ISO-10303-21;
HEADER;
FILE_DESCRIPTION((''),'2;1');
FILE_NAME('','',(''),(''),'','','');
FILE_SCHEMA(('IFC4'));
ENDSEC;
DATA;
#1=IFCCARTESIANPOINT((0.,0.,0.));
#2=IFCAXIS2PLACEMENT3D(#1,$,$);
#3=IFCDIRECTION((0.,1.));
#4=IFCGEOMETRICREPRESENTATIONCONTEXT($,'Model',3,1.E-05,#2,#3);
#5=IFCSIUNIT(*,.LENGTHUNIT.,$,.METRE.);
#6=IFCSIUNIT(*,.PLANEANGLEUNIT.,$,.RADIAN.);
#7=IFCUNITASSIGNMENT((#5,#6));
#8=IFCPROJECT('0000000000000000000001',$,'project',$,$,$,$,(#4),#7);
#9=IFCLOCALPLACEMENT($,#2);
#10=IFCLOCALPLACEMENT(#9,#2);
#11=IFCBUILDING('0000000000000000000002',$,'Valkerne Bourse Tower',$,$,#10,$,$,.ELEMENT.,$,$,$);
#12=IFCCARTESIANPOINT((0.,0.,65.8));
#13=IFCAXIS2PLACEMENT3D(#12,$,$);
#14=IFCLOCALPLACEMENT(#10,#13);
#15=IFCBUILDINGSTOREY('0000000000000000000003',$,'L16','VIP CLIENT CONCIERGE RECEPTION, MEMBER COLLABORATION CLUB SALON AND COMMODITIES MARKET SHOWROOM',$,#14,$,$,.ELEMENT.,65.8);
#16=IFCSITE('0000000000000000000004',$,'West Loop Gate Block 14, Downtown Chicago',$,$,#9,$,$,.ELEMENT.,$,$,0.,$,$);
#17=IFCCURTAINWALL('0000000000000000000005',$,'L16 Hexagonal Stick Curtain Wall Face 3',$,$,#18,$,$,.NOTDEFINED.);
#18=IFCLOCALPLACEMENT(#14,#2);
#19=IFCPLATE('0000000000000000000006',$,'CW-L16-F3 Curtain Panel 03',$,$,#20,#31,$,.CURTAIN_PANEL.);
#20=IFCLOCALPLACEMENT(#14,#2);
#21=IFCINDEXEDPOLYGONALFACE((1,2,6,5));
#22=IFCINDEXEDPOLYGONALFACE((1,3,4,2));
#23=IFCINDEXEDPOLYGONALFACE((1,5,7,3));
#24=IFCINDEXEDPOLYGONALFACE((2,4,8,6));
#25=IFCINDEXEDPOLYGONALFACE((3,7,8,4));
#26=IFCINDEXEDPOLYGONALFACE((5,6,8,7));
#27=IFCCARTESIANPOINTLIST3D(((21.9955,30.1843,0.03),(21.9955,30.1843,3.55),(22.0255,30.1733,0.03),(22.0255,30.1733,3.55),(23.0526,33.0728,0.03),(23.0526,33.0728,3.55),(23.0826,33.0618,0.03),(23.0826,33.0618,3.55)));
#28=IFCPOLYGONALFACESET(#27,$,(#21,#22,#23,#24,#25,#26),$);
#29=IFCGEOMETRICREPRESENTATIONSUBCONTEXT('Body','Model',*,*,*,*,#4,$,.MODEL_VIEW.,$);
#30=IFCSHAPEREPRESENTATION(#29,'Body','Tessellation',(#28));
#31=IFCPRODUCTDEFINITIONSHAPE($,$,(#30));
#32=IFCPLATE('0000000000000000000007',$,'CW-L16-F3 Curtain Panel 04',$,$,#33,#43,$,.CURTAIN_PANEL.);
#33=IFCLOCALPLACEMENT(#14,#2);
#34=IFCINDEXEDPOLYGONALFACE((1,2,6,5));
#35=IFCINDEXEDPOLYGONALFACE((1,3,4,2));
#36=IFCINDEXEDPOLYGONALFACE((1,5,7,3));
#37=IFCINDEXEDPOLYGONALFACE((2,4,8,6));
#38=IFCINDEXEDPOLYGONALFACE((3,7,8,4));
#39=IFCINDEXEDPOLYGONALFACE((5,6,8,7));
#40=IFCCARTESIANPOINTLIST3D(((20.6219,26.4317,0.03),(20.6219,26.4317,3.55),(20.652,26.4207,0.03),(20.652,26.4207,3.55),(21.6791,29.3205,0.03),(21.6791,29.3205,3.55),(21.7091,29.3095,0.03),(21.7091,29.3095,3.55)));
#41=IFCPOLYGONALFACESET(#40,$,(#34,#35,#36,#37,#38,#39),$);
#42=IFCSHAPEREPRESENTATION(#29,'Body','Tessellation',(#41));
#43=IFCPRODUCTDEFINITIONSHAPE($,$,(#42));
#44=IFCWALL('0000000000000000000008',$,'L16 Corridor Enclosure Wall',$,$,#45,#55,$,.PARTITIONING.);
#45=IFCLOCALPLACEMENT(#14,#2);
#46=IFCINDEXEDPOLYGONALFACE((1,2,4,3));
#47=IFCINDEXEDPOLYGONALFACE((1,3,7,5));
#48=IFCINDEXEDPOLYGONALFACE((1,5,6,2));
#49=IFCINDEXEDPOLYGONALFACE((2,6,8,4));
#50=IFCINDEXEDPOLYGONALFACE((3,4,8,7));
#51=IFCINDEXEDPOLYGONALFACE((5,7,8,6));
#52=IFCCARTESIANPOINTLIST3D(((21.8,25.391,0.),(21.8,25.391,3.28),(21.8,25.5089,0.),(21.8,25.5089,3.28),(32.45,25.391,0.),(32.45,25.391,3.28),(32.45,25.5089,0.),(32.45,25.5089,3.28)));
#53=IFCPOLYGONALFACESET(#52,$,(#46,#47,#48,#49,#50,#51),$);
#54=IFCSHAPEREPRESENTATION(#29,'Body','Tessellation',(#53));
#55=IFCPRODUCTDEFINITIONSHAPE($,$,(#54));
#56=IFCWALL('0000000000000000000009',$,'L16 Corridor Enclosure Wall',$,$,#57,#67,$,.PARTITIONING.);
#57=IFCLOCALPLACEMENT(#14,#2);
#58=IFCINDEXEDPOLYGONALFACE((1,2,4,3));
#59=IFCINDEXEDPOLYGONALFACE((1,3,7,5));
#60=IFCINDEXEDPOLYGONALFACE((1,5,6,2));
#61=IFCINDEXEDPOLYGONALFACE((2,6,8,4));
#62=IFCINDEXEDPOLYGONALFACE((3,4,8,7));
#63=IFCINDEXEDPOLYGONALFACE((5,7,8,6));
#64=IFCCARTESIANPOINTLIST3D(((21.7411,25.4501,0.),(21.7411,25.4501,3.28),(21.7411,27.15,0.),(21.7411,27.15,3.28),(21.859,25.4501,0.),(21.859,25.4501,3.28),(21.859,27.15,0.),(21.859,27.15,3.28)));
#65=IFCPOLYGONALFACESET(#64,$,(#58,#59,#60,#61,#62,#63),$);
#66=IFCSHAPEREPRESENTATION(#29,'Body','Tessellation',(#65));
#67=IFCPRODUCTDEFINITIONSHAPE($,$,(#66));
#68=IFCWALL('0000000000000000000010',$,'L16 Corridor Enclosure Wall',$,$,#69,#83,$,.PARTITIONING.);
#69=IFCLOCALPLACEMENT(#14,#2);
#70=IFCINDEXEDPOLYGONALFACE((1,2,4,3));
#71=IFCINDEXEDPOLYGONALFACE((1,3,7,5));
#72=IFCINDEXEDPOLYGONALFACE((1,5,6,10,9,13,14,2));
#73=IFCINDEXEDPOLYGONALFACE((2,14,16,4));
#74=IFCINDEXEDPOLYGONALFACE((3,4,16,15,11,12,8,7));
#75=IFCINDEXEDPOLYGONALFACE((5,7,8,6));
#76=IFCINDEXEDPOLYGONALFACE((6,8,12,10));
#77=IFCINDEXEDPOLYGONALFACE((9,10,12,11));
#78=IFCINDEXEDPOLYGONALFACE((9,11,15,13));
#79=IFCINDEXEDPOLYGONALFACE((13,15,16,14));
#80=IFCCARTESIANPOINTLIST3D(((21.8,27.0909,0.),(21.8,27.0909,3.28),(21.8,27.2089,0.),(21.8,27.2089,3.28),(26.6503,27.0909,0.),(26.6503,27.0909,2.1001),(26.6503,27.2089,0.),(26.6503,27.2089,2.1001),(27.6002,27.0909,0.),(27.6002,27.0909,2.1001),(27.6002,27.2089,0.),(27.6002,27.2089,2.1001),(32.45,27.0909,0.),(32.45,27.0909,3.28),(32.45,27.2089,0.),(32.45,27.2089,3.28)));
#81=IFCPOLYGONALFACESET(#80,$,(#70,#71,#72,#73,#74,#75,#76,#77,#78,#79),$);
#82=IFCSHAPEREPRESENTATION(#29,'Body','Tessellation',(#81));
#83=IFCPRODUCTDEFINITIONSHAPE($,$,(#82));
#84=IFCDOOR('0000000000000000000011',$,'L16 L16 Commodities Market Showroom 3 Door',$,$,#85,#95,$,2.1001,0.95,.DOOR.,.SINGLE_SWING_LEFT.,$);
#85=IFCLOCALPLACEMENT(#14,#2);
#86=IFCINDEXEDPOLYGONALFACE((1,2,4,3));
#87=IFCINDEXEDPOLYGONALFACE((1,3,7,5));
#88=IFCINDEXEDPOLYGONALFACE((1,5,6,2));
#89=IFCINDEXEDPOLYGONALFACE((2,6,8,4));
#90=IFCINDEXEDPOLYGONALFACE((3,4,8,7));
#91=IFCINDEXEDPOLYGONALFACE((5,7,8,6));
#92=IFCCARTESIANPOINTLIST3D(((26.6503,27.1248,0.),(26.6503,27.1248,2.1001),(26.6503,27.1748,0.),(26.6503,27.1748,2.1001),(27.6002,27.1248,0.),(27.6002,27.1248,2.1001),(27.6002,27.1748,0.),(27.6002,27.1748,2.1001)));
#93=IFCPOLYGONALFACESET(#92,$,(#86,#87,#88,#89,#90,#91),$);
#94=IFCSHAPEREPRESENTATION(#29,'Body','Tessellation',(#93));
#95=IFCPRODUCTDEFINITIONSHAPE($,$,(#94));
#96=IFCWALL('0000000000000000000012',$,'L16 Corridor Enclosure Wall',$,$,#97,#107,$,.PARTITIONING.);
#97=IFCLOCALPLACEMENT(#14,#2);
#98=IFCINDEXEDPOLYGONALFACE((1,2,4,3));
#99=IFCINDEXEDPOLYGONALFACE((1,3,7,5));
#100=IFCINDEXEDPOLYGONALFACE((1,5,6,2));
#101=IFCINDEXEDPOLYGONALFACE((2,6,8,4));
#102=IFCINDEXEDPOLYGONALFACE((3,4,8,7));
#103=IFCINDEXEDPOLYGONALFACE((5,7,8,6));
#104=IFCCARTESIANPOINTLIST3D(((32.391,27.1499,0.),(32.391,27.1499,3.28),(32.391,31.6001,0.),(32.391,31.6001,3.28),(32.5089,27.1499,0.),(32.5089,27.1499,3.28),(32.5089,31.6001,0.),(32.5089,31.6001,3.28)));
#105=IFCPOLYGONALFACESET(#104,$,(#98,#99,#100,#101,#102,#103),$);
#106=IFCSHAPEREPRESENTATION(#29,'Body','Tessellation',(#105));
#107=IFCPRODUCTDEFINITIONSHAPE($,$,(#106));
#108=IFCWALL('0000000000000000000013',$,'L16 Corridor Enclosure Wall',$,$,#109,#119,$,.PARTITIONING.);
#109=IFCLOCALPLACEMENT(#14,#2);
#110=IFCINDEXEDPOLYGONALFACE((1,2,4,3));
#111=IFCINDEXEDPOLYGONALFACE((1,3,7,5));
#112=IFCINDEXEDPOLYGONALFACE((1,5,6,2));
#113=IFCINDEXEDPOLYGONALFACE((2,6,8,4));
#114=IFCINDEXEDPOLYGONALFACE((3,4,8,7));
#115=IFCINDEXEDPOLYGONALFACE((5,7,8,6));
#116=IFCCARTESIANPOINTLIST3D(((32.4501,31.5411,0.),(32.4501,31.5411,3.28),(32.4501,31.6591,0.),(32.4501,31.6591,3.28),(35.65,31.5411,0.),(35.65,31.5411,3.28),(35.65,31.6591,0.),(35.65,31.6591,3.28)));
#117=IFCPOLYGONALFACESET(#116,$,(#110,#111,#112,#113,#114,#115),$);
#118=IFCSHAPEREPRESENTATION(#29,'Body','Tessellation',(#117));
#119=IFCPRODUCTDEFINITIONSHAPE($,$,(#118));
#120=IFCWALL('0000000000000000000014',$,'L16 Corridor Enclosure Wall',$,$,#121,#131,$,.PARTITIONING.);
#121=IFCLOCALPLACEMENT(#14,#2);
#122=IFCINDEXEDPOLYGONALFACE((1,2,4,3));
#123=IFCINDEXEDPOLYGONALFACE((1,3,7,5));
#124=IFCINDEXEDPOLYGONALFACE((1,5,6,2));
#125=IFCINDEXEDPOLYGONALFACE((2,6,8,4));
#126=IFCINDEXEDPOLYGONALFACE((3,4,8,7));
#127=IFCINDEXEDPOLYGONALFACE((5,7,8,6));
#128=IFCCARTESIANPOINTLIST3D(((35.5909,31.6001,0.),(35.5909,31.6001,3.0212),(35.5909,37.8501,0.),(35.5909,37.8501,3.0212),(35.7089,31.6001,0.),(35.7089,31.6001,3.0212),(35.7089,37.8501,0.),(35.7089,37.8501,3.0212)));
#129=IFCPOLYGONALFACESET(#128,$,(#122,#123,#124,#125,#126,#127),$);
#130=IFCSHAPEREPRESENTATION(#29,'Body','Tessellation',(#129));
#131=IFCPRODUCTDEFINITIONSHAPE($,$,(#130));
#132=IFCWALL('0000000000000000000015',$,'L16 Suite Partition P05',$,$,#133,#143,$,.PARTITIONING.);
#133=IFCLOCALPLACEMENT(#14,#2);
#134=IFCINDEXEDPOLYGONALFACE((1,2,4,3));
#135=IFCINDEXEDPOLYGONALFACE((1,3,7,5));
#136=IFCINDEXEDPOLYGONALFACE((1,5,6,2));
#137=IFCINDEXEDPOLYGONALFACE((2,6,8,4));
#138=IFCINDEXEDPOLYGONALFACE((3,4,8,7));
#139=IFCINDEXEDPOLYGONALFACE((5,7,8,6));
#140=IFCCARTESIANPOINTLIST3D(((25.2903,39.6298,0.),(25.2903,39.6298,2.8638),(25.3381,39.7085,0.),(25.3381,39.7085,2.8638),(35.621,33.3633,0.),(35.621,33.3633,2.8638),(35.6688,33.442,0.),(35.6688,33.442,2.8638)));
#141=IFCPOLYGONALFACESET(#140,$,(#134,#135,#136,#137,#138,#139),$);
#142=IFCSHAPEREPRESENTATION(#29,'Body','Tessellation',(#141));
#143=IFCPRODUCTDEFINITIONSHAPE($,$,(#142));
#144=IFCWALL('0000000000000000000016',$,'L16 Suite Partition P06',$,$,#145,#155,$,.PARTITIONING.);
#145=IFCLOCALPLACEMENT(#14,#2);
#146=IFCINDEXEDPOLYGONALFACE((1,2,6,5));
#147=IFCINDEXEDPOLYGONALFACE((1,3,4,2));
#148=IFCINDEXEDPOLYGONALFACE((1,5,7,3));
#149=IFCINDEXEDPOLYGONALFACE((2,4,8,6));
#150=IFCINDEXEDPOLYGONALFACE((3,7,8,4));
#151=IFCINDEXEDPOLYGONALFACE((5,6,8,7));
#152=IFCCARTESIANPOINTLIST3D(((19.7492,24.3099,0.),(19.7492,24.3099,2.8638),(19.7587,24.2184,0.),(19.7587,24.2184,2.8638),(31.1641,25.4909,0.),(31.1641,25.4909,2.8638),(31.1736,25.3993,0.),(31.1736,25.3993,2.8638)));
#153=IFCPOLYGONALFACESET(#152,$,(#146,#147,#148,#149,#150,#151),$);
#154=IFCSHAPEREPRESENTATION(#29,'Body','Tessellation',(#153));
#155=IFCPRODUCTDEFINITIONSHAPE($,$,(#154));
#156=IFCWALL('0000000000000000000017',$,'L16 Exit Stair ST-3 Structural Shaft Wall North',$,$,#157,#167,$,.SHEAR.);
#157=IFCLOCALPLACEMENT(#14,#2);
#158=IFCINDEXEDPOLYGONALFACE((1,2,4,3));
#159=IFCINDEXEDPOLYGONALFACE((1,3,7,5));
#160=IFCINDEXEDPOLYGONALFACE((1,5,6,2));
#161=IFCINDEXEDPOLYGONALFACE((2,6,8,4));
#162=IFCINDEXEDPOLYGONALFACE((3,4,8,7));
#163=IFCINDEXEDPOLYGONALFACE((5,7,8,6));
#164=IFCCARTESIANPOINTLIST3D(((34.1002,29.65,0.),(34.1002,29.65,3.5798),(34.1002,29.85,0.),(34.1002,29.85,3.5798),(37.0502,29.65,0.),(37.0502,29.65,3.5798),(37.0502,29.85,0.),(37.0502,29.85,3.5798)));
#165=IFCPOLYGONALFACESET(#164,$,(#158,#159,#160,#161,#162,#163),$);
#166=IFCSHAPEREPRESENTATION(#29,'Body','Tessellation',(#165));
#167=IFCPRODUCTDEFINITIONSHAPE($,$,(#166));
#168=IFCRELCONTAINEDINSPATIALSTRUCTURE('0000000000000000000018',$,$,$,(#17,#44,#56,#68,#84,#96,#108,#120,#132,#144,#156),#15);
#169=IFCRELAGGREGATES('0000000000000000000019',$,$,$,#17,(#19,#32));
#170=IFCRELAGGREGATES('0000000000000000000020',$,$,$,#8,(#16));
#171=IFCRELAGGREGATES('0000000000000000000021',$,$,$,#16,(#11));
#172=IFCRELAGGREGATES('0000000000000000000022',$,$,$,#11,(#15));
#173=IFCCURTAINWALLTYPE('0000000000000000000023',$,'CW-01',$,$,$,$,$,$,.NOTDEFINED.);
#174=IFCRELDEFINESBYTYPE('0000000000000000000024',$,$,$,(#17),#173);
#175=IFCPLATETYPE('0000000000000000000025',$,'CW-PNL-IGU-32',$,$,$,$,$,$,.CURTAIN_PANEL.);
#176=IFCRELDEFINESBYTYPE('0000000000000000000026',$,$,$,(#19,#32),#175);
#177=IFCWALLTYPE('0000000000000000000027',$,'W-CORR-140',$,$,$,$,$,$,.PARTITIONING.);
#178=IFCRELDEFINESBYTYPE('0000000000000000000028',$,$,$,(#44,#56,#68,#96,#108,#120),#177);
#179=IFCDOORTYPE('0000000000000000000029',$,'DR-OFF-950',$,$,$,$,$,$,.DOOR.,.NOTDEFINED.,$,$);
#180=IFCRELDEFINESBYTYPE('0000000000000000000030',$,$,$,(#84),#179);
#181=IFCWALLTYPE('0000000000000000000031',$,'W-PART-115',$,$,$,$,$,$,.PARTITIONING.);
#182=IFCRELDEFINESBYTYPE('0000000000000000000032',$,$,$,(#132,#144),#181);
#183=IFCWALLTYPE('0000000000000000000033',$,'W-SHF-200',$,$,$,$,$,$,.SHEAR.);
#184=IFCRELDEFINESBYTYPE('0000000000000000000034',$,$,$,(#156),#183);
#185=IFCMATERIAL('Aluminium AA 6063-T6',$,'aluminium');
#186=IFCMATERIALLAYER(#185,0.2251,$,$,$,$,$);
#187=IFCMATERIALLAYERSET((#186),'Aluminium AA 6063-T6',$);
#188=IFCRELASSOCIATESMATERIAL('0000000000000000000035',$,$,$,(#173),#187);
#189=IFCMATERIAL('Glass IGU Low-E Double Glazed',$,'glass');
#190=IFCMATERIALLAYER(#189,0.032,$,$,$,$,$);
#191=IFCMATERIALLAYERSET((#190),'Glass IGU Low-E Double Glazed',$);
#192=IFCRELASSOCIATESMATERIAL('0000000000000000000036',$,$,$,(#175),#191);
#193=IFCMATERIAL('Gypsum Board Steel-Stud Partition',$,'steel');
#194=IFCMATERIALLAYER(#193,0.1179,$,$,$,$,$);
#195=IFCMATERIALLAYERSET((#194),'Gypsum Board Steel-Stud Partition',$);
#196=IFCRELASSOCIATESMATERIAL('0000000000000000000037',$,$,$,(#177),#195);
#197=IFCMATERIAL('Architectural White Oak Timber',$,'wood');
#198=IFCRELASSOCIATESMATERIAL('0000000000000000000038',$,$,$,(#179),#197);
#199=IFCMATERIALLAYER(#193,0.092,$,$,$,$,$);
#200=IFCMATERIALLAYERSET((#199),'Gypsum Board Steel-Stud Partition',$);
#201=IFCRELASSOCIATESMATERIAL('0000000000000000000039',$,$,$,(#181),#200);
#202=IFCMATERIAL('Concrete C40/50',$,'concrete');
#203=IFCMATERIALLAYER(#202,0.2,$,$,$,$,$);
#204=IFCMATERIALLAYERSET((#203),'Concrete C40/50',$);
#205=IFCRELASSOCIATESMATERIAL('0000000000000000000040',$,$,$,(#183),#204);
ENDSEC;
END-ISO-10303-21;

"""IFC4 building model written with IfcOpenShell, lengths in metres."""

from ifc_helpers import new_model, si_unit, direction, frame, frame_2d, origin, origin_2d, place, context, subcontext, project, spatial, rectangle, extrude, material, layer, layer_set, type_object, element, fill, aggregate, save


model = new_model("IFC4")

# Units and contexts
model_context = context("Model", 3, precision=1e-05, world=origin(), true_north=direction((0.0, 1.0)))
body_context = subcontext(model_context, "Body", "Model", "MODEL_VIEW")
ifc_project = project(units=[si_unit("LENGTHUNIT", "METRE"), si_unit("PLANEANGLEUNIT", "RADIAN")], contexts=[model_context])

# Site, building, storey
site_placement = place(None, origin())
site = spatial("IfcSite", under=ifc_project, at=site_placement, Name="West Loop Gate Block 14, Downtown Chicago", CompositionType="ELEMENT", RefElevation=0.0)
building_placement = place(site_placement, origin())
building = spatial("IfcBuilding", under=site, at=building_placement, Name="Valkerne Bourse Tower", CompositionType="ELEMENT")
storey_placement = place(building_placement, frame((0.0, 0.0, 65.8)))
storey = spatial("IfcBuildingStorey", under=building, at=storey_placement, Name="L16", Description="VIP CLIENT CONCIERGE RECEPTION, MEMBER COLLABORATION CLUB SALON AND COMMODITIES MARKET SHOWROOM", CompositionType="ELEMENT", Elevation=65.8)

# Curtain wall, plates
ifc_material_1 = material(Name="Aluminium AA 6063-T6", Category="aluminium")
ifc_layer_1 = layer(ifc_material_1, 0.2251)
ifc_layer_set_1 = layer_set([ifc_layer_1], Name="Aluminium AA 6063-T6")
curtain_wall_type = type_object("IfcCurtainWallType", Name="CW-01", PredefinedType="NOTDEFINED", material=ifc_layer_set_1)
curtain_wall_placement = place(storey_placement, origin())
curtain_wall = element("IfcCurtainWall", 1, at=curtain_wall_placement, inside=storey, type_object=curtain_wall_type, Name="L16 Hexagonal Stick Curtain Wall Face 3", PredefinedType="NOTDEFINED")
ifc_material_2 = material(Name="Glass IGU Low-E Double Glazed", Category="glass")
ifc_layer_2 = layer(ifc_material_2, 0.032)
ifc_layer_set_2 = layer_set([ifc_layer_2], Name="Glass IGU Low-E Double Glazed")
plate_type = type_object("IfcPlateType", Name="CW-PNL-IGU-32", PredefinedType="CURTAIN_PANEL", material=ifc_layer_set_2)
plate_1_placement = place(storey_placement, frame((22.5391, 31.623, 0.03), z_axis=(0.0, 0.0, 1.0), x_axis=(-0.343669, -0.939091, 0.0)))
plate_1 = element("IfcPlate", 2, at=plate_1_placement, type_object=plate_type, Name="CW-L16-F3 Curtain Panel 03", PredefinedType="CURTAIN_PANEL", context=body_context, shape_type="SweptSolid", body=[
    extrude(rectangle(XDim=3.0759, YDim=0.032, at=origin_2d()), origin(), (0.0, 0.0, 1.0), 3.52),
])
plate_2_placement = place(storey_placement, frame((21.1655, 27.8706, 0.03), z_axis=(0.0, 0.0, 1.0), x_axis=(-0.343661, -0.939094, 0.0)))
plate_2 = element("IfcPlate", 3, at=plate_2_placement, type_object=plate_type, Name="CW-L16-F3 Curtain Panel 04", PredefinedType="CURTAIN_PANEL", context=body_context, shape_type="SweptSolid", body=[
    extrude(rectangle(XDim=3.0762, YDim=0.032, at=origin_2d()), origin(), (0.0, 0.0, 1.0), 3.52),
])
aggregate(curtain_wall, [plate_1, plate_2])

# Walls
ifc_material_3 = material(Name="Gypsum Board Steel-Stud Partition", Category="steel")
ifc_layer_3 = layer(ifc_material_3, 0.1179)
ifc_layer_set_3 = layer_set([ifc_layer_3], Name="Gypsum Board Steel-Stud Partition")
wall_type_1 = type_object("IfcWallType", Name="W-CORR-140", PredefinedType="PARTITIONING", material=ifc_layer_set_3)
wall_1_placement = place(storey_placement, frame((32.45, 25.45, 0.0), z_axis=(0.0, 0.0, 1.0), x_axis=(-1.0, 0.0, 0.0)))
element("IfcWall", 4, at=wall_1_placement, inside=storey, type_object=wall_type_1, Name="L16 Corridor Enclosure Wall", PredefinedType="PARTITIONING", context=body_context, shape_type="SweptSolid", body=[
    extrude(rectangle(XDim=10.6499, YDim=0.1179, at=frame_2d((5.325, 0.0))), origin(), (0.0, 0.0, 1.0), 3.28),
])
wall_2_placement = place(storey_placement, frame((21.8, 25.45, 0.0), z_axis=(0.0, 0.0, 1.0), x_axis=(0.0, 1.0, 0.0)))
element("IfcWall", 5, at=wall_2_placement, inside=storey, type_object=wall_type_1, Name="L16 Corridor Enclosure Wall", PredefinedType="PARTITIONING", context=body_context, shape_type="SweptSolid", body=[
    extrude(rectangle(XDim=1.7, YDim=0.1179, at=frame_2d((0.8501, 0.0))), origin(), (0.0, 0.0, 1.0), 3.28),
])

# Wall, opening, door
wall_3_placement = place(storey_placement, frame((21.8, 27.1499, 0.0), z_axis=(0.0, 0.0, 1.0), x_axis=(1.0, 0.0, 0.0)))
wall_3 = element("IfcWall", 6, at=wall_3_placement, inside=storey, type_object=wall_type_1, Name="L16 Corridor Enclosure Wall", PredefinedType="PARTITIONING", context=body_context, shape_type="SweptSolid", body=[
    extrude(rectangle(XDim=10.6499, YDim=0.1179, at=frame_2d((5.325, 0.0))), origin(), (0.0, 0.0, 1.0), 3.28),
])
opening_placement = place(wall_3_placement, frame((4.8501, 0.0, 0.0)))
opening = element("IfcOpeningElement", 7, at=opening_placement, cuts=wall_3, PredefinedType="OPENING", context=body_context, shape_type="SweptSolid", body=[
    extrude(rectangle(XDim=0.95, YDim=2.1001, at=frame_2d((0.4751, 1.05))), frame((0.0, 0.0688, 0.0), z_axis=(0.0, -1.0, 0.0), x_axis=(1.0, 0.0, 0.0)), (0.0, 0.0, 1.0), 0.1379),
])
ifc_material_4 = material(Name="Architectural White Oak Timber", Category="wood")
door_type = type_object("IfcDoorType", Name="DR-OFF-950", OperationType="NOTDEFINED", PredefinedType="DOOR", material=ifc_material_4)
door_placement = place(opening_placement, origin())
door = element("IfcDoor", 8, at=door_placement, inside=storey, type_object=door_type, Name="L16 L16 Commodities Market Showroom 3 Door", OperationType="SINGLE_SWING_LEFT", OverallHeight=2.1001, OverallWidth=0.95, PredefinedType="DOOR", context=body_context, shape_type="SweptSolid", body=[
    extrude(rectangle(XDim=0.95, YDim=2.1001, at=frame_2d((0.4751, 1.05))), frame((0.0, 0.0249, 0.0), z_axis=(0.0, -1.0, 0.0), x_axis=(1.0, 0.0, 0.0)), (0.0, 0.0, 1.0), 0.05),
])
fill(opening, door)

# Walls
wall_4_placement = place(storey_placement, frame((32.45, 27.1499, 0.0), z_axis=(0.0, 0.0, 1.0), x_axis=(0.0, 1.0, 0.0)))
element("IfcWall", 9, at=wall_4_placement, inside=storey, type_object=wall_type_1, Name="L16 Corridor Enclosure Wall", PredefinedType="PARTITIONING", context=body_context, shape_type="SweptSolid", body=[
    extrude(rectangle(XDim=4.4502, YDim=0.1179, at=frame_2d((2.2251, 0.0))), origin(), (0.0, 0.0, 1.0), 3.28),
])
wall_5_placement = place(storey_placement, frame((32.45, 31.6001, 0.0), z_axis=(0.0, 0.0, 1.0), x_axis=(1.0, 0.0, 0.0)))
element("IfcWall", 10, at=wall_5_placement, inside=storey, type_object=wall_type_1, Name="L16 Corridor Enclosure Wall", PredefinedType="PARTITIONING", context=body_context, shape_type="SweptSolid", body=[
    extrude(rectangle(XDim=3.2, YDim=0.1179, at=frame_2d((1.6001, 0.0))), origin(), (0.0, 0.0, 1.0), 3.28),
])
wall_6_placement = place(storey_placement, frame((35.6499, 31.6001, 0.0), z_axis=(0.0, 0.0, 1.0), x_axis=(0.0, 1.0, 0.0)))
element("IfcWall", 11, at=wall_6_placement, inside=storey, type_object=wall_type_1, Name="L16 Corridor Enclosure Wall", PredefinedType="PARTITIONING", context=body_context, shape_type="SweptSolid", body=[
    extrude(rectangle(XDim=6.25, YDim=0.1179, at=frame_2d((3.125, 0.0))), origin(), (0.0, 0.0, 1.0), 3.0212),
])
ifc_layer_4 = layer(ifc_material_3, 0.092)
ifc_layer_set_4 = layer_set([ifc_layer_4], Name="Gypsum Board Steel-Stud Partition")
wall_type_2 = type_object("IfcWallType", Name="W-PART-115", PredefinedType="PARTITIONING", material=ifc_layer_set_4)
wall_7_placement = place(storey_placement, frame((35.645, 33.4026, 0.0), z_axis=(0.0, 0.0, 1.0), x_axis=(-0.854996, 0.518635, 0.0)))
element("IfcWall", 12, at=wall_7_placement, inside=storey, type_object=wall_type_2, Name="L16 Suite Partition P05", PredefinedType="PARTITIONING", context=body_context, shape_type="SweptSolid", body=[
    extrude(rectangle(XDim=12.0828, YDim=0.092, at=frame_2d((6.0415, 0.0))), origin(), (0.0, 0.0, 1.0), 2.8638),
])
wall_8_placement = place(storey_placement, frame((31.1687, 25.4451, 0.0), z_axis=(0.0, 0.0, 1.0), x_axis=(-0.994691, -0.102905, 0.0)))
element("IfcWall", 13, at=wall_8_placement, inside=storey, type_object=wall_type_2, Name="L16 Suite Partition P06", PredefinedType="PARTITIONING", context=body_context, shape_type="SweptSolid", body=[
    extrude(rectangle(XDim=11.4758, YDim=0.092, at=frame_2d((5.7378, 0.0))), origin(), (0.0, 0.0, 1.0), 2.8638),
])
ifc_material_5 = material(Name="Concrete C40/50", Category="concrete")
ifc_layer_5 = layer(ifc_material_5, 0.2)
ifc_layer_set_5 = layer_set([ifc_layer_5], Name="Concrete C40/50")
wall_type_3 = type_object("IfcWallType", Name="W-SHF-200", PredefinedType="SHEAR", material=ifc_layer_set_5)
wall_9_placement = place(storey_placement, frame((34.1001, 29.75, 0.0), z_axis=(0.0, 0.0, 1.0), x_axis=(1.0, 0.0, 0.0)))
element("IfcWall", 14, at=wall_9_placement, inside=storey, type_object=wall_type_3, Name="L16 Exit Stair ST-3 Structural Shaft Wall North", PredefinedType="SHEAR", context=body_context, shape_type="SweptSolid", body=[
    extrude(rectangle(XDim=2.95, YDim=0.2, at=frame_2d((1.4751, 0.0))), origin(), (0.0, 0.0, 1.0), 3.5798),
])

save(model, "model.ifc")
